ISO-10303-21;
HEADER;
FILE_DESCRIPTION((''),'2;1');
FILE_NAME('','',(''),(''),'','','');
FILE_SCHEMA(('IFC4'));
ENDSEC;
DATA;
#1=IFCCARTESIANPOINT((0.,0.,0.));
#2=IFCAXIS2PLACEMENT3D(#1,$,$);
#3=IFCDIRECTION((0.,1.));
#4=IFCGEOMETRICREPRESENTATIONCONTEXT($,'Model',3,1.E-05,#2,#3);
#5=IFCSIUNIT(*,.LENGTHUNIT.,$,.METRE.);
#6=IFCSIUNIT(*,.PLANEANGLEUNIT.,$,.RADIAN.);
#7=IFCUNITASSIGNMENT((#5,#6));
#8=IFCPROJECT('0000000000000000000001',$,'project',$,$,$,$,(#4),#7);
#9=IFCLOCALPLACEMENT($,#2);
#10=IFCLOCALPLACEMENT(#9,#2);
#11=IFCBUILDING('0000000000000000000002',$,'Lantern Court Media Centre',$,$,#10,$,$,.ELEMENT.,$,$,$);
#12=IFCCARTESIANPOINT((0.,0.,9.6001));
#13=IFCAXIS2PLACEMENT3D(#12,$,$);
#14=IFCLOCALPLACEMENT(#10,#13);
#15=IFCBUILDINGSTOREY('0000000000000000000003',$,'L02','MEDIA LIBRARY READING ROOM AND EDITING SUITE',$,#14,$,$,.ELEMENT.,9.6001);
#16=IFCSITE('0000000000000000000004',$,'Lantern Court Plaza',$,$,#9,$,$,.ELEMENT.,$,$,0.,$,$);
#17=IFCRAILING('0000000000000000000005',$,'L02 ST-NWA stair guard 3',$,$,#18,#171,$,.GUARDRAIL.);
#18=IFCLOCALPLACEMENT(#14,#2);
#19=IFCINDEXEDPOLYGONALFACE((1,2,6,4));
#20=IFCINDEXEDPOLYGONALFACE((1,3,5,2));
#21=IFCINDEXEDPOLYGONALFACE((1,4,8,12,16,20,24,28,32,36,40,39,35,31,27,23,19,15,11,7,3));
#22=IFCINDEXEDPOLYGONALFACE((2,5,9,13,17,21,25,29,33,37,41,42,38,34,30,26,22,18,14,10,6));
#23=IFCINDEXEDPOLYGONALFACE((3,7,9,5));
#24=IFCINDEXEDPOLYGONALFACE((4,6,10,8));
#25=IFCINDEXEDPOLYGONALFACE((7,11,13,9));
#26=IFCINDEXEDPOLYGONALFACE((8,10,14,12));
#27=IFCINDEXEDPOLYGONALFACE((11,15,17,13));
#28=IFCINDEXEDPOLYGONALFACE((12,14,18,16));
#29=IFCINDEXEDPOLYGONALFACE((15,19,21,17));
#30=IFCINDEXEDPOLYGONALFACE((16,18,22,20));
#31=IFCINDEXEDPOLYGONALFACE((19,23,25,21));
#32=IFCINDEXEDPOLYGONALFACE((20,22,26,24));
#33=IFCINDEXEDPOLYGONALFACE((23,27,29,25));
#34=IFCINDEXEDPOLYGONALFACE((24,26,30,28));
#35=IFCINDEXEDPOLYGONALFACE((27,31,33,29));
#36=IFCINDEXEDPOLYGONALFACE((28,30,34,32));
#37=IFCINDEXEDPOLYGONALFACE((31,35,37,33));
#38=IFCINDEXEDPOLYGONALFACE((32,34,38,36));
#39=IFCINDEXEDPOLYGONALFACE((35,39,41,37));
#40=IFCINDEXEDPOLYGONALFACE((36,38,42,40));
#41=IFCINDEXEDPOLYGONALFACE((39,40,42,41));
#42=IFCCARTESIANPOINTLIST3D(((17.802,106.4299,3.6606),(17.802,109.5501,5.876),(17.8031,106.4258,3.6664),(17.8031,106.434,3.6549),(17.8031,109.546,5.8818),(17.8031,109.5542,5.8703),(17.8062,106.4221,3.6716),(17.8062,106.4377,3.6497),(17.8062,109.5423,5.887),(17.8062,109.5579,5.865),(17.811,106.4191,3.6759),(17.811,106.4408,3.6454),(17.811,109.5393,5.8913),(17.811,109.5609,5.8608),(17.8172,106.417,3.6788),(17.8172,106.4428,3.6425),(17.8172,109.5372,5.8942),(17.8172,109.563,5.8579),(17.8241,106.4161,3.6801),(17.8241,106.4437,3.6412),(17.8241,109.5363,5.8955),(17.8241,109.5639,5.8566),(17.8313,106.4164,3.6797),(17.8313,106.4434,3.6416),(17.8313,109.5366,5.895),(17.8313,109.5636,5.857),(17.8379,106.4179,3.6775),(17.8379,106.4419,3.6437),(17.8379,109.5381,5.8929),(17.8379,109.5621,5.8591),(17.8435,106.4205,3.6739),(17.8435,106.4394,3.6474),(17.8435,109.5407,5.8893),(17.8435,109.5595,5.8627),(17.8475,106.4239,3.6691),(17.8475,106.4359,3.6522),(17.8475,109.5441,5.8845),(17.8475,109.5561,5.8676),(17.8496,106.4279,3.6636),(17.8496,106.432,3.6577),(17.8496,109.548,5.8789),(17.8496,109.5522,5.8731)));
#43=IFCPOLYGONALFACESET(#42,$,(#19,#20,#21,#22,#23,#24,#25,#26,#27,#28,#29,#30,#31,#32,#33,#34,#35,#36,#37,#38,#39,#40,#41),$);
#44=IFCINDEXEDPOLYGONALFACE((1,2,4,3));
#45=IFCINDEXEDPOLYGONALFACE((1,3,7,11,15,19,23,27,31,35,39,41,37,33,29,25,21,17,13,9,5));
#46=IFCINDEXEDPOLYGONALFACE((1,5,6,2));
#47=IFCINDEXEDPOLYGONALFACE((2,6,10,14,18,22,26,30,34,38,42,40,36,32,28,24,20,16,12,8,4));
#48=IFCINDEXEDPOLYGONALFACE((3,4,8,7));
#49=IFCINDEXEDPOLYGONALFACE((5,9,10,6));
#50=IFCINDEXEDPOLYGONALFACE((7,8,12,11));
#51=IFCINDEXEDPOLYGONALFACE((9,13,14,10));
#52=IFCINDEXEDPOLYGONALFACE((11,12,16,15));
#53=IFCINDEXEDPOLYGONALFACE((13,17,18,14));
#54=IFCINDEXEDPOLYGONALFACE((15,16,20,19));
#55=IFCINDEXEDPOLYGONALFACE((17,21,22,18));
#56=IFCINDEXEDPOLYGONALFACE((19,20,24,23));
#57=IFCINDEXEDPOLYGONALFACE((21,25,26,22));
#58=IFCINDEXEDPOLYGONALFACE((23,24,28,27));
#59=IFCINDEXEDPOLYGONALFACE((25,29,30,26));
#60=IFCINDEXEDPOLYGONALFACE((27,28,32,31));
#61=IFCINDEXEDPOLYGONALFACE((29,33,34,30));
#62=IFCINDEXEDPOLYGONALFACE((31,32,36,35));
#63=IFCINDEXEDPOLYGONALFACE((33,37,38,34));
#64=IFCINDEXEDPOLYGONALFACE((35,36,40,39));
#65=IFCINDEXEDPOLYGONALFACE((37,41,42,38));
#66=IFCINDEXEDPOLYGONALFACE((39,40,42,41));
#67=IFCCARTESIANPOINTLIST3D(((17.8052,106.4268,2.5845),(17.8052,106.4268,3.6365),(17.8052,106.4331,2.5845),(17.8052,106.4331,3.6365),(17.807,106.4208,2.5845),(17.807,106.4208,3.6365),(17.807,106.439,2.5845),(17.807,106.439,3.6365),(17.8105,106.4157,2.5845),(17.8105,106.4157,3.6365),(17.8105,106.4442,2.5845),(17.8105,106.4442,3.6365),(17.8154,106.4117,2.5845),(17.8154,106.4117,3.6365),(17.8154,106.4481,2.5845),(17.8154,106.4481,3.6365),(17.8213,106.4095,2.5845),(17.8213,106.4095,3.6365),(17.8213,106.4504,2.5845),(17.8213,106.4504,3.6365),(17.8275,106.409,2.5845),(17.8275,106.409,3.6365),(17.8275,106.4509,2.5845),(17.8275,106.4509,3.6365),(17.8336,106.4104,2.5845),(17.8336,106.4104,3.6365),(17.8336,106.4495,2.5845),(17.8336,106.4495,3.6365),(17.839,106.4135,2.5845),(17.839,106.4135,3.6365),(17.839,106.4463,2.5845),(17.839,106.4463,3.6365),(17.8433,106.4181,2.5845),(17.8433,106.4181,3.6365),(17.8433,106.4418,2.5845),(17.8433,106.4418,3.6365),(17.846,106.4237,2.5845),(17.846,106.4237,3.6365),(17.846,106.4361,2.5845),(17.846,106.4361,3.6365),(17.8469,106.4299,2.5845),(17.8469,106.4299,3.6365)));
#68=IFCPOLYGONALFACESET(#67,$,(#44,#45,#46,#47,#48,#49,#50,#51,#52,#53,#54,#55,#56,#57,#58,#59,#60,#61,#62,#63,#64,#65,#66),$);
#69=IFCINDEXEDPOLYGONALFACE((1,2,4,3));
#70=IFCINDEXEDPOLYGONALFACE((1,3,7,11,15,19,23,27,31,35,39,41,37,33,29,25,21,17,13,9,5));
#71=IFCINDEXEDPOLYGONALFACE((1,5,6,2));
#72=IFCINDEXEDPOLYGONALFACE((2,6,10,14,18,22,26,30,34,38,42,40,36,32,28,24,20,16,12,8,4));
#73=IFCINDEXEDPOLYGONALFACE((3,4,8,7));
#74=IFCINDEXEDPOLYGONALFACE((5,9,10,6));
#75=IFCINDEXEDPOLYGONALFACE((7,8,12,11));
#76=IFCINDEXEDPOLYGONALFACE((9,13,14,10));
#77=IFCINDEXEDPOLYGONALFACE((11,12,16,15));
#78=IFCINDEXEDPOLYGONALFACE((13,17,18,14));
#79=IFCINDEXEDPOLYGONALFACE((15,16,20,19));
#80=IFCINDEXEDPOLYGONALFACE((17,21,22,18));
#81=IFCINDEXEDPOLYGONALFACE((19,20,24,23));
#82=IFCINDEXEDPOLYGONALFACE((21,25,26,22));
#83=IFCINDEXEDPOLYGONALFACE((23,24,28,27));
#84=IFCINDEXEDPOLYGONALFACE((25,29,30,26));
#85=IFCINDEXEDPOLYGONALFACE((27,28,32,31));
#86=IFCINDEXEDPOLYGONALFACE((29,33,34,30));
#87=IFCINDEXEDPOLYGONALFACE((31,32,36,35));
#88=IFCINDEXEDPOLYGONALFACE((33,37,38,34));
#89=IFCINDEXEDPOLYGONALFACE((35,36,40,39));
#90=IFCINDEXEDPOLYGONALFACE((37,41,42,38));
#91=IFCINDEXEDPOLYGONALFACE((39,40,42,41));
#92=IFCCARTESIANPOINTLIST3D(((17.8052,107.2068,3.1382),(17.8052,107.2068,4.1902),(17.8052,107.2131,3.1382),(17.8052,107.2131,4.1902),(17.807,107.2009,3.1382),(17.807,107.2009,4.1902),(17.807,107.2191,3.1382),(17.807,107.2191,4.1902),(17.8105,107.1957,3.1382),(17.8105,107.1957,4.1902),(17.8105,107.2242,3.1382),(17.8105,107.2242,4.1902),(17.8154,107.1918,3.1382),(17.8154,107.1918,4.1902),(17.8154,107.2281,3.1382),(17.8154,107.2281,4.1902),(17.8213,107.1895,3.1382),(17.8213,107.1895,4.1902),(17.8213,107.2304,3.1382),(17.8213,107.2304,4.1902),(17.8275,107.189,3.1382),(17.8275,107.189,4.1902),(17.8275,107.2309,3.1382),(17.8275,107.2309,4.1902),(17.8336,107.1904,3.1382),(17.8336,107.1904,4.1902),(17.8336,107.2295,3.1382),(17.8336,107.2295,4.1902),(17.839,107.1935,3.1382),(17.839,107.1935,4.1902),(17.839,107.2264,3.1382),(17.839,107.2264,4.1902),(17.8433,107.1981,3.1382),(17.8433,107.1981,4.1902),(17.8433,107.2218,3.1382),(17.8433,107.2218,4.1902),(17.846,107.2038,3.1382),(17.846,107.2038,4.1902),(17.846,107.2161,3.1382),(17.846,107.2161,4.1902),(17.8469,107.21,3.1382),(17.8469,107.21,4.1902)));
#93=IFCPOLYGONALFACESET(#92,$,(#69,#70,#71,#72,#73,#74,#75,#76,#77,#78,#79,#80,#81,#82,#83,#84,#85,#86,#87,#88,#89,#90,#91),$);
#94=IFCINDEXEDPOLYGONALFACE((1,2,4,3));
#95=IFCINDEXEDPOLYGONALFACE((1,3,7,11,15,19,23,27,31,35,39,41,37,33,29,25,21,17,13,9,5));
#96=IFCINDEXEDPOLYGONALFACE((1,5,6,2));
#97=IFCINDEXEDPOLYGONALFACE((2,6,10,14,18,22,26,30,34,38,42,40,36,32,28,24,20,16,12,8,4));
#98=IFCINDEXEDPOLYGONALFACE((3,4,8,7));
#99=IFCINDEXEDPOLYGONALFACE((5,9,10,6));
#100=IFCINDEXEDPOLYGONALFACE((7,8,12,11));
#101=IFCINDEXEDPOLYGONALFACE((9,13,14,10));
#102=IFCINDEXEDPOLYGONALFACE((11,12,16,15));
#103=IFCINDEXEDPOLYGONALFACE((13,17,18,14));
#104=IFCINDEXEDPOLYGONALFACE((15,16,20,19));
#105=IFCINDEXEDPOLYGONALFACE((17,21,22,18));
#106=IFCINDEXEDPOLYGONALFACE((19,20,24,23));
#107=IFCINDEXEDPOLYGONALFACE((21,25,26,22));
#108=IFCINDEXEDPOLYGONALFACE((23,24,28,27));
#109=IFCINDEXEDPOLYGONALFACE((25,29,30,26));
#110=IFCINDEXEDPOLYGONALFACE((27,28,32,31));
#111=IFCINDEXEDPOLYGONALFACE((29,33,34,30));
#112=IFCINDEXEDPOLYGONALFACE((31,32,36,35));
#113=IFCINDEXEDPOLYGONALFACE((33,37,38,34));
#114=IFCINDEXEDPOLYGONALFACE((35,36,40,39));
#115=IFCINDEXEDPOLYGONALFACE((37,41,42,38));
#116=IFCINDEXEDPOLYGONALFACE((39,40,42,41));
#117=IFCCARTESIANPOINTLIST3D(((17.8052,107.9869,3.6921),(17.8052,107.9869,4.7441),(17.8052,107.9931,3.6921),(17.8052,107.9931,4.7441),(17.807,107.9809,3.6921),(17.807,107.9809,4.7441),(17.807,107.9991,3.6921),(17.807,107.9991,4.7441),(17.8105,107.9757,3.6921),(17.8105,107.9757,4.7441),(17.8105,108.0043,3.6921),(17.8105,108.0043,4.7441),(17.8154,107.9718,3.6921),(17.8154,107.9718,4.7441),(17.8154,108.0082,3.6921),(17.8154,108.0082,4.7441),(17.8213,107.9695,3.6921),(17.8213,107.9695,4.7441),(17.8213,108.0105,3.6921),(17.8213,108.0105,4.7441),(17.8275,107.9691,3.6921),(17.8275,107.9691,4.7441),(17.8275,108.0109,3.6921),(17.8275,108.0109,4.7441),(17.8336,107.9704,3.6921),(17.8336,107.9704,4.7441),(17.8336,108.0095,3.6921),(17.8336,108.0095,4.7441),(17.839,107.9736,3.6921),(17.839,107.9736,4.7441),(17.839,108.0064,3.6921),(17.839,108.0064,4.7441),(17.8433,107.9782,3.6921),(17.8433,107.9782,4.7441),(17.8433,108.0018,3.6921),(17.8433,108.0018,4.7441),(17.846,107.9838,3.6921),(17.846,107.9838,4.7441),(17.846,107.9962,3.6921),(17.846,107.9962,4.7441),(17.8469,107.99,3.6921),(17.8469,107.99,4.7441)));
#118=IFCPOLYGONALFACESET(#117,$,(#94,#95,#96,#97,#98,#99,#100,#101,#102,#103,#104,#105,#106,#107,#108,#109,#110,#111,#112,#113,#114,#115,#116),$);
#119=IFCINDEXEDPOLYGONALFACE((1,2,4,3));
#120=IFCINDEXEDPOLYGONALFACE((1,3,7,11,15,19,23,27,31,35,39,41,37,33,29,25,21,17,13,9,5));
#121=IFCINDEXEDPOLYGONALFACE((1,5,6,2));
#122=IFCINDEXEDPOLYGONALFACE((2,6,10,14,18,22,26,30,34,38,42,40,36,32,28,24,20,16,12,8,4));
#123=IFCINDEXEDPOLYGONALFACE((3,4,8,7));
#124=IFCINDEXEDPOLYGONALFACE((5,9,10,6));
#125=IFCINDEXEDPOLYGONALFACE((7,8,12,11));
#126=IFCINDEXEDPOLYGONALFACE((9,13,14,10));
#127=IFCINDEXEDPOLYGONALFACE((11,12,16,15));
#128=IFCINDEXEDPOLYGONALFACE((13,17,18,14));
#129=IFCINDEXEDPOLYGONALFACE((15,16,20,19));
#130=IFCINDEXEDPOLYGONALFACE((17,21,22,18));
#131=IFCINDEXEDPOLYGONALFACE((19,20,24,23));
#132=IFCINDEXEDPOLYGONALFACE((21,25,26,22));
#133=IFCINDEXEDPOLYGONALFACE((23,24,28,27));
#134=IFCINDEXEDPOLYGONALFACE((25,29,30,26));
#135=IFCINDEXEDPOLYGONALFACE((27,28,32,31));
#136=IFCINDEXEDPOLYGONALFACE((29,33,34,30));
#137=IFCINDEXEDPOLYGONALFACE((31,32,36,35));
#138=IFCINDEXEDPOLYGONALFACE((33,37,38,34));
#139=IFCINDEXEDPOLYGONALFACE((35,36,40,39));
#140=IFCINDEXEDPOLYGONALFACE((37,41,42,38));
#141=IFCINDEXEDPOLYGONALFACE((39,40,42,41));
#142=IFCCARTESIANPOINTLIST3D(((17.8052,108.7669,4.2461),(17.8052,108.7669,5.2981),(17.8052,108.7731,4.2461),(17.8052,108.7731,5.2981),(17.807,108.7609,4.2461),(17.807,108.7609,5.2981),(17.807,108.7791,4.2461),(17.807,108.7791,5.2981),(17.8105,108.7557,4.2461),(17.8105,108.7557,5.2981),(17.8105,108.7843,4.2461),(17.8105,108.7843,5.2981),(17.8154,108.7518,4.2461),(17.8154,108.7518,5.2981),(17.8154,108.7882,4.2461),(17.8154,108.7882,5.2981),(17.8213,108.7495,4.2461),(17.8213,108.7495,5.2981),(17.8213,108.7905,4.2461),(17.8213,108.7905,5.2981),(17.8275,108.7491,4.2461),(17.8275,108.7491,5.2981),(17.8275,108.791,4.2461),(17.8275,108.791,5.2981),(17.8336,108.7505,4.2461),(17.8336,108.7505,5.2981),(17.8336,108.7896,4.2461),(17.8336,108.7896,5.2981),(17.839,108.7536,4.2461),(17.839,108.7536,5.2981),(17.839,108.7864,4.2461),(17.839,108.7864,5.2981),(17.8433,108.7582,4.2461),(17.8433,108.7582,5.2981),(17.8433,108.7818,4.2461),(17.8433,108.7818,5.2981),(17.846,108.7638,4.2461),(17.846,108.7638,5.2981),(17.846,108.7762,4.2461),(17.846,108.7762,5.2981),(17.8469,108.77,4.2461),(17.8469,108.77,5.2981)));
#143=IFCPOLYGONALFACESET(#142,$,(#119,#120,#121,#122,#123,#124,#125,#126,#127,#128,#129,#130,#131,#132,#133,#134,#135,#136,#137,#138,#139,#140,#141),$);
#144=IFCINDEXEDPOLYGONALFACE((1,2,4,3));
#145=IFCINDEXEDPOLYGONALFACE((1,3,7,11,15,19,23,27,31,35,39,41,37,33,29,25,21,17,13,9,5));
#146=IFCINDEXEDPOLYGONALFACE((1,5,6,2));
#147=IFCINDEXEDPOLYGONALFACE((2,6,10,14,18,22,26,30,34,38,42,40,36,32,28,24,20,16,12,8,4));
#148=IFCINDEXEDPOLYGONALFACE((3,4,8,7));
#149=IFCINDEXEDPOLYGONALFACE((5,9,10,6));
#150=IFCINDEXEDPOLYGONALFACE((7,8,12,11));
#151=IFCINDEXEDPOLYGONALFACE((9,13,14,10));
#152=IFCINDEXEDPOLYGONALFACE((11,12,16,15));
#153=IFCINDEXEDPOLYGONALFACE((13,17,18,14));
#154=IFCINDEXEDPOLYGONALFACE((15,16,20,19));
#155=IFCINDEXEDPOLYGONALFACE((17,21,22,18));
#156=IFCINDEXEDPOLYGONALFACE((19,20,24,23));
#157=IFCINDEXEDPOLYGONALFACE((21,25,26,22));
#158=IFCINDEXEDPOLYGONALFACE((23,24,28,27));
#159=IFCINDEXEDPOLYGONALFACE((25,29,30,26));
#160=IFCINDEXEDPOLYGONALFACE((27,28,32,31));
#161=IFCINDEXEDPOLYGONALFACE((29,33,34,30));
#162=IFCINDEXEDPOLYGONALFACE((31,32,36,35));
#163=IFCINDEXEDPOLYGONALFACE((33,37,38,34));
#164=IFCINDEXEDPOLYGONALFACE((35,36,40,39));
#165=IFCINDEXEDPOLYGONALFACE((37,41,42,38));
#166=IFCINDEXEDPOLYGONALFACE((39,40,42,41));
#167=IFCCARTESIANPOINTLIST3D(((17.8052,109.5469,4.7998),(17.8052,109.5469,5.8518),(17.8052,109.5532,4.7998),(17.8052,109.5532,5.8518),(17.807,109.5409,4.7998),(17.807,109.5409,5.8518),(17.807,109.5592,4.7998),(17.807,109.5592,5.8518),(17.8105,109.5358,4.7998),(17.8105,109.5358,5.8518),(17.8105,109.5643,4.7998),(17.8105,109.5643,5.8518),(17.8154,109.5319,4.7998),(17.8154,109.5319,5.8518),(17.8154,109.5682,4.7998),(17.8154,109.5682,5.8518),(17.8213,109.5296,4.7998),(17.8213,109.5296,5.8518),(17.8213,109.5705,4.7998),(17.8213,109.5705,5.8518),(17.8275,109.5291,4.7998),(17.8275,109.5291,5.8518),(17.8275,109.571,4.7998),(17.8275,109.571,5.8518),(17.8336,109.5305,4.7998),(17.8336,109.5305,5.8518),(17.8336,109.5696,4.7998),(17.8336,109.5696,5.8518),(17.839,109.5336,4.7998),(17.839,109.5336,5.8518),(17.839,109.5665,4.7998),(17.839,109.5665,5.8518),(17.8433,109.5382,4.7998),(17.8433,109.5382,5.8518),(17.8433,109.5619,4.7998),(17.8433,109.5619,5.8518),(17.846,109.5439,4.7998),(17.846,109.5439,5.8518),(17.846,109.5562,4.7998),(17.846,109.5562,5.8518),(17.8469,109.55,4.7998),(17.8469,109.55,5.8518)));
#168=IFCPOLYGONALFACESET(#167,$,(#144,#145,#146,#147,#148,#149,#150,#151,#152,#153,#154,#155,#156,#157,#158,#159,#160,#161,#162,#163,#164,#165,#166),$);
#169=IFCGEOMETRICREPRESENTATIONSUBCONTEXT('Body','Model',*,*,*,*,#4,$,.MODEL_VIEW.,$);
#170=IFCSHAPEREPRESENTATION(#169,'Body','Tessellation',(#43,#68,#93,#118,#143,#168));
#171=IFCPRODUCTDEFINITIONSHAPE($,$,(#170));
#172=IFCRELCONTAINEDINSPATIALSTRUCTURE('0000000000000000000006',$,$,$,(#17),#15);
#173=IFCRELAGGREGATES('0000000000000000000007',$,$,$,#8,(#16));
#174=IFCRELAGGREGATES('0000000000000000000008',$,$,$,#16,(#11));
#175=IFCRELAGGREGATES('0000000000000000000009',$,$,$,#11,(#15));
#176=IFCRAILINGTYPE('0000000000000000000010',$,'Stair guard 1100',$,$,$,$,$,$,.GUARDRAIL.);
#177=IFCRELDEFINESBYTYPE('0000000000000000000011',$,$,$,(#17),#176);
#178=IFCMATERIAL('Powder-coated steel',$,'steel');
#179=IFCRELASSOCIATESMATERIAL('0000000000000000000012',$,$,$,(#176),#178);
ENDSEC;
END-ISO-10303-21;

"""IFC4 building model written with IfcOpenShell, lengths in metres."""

from ifc_helpers import new_model, si_unit, direction, frame, origin, origin_2d, place, context, subcontext, project, spatial, circle, extrude, material, type_object, element, save


model = new_model("IFC4")

# Units and contexts
model_context = context("Model", 3, precision=1e-05, world=origin(), true_north=direction((0.0, 1.0)))
body_context = subcontext(model_context, "Body", "Model", "MODEL_VIEW")
ifc_project = project(units=[si_unit("LENGTHUNIT", "METRE"), si_unit("PLANEANGLEUNIT", "RADIAN")], contexts=[model_context])

# Site, building, storey
site_placement = place(None, origin())
site = spatial("IfcSite", under=ifc_project, at=site_placement, Name="Lantern Court Plaza", CompositionType="ELEMENT", RefElevation=0.0)
building_placement = place(site_placement, origin())
building = spatial("IfcBuilding", under=site, at=building_placement, Name="Lantern Court Media Centre", CompositionType="ELEMENT")
storey_placement = place(building_placement, frame((0.0, 0.0, 9.6001)))
storey = spatial("IfcBuildingStorey", under=building, at=storey_placement, Name="L02", Description="MEDIA LIBRARY READING ROOM AND EDITING SUITE", CompositionType="ELEMENT", Elevation=9.6001)

# Shared definitions
ifc_material_1 = material(Name="Powder-coated steel", Category="steel")

# Railing
railing_type_1 = type_object("IfcRailingType", Name="Stair guard 1100", PredefinedType="GUARDRAIL", material=ifc_material_1)
railing_1_placement = place(storey_placement, frame((17.8259, 106.4299, 2.5845)))
element("IfcRailing", 1, at=railing_1_placement, inside=storey, type_object=railing_type_1, Name="L02 ST-NWA stair guard 3", PredefinedType="GUARDRAIL", context=body_context, shape_type="SweptSolid", body=[
    extrude(circle(Radius=0.0239, at=origin_2d()), frame((0.0, 0.0, 1.0762), z_axis=(0.0, 0.815377, 0.57893), x_axis=(-1.0, 0.0, 0.0)), (0.0, 0.0, 1.0), 3.8267),
    extrude(circle(Radius=0.021, at=origin_2d()), origin(), (0.0, 0.0, 1.0), 1.052),
    extrude(circle(Radius=0.021, at=origin_2d()), frame((0.0, 0.78, 0.5537)), (0.0, 0.0, 1.0), 1.052),
    extrude(circle(Radius=0.021, at=origin_2d()), frame((0.0, 1.5601, 1.1077)), (0.0, 0.0, 1.0), 1.052),
    extrude(circle(Radius=0.021, at=origin_2d()), frame((0.0, 2.3401, 1.6616)), (0.0, 0.0, 1.0), 1.052),
    extrude(circle(Radius=0.021, at=origin_2d()), frame((0.0, 3.1201, 2.2153)), (0.0, 0.0, 1.0), 1.052),
])

save(model, "model.ifc")
